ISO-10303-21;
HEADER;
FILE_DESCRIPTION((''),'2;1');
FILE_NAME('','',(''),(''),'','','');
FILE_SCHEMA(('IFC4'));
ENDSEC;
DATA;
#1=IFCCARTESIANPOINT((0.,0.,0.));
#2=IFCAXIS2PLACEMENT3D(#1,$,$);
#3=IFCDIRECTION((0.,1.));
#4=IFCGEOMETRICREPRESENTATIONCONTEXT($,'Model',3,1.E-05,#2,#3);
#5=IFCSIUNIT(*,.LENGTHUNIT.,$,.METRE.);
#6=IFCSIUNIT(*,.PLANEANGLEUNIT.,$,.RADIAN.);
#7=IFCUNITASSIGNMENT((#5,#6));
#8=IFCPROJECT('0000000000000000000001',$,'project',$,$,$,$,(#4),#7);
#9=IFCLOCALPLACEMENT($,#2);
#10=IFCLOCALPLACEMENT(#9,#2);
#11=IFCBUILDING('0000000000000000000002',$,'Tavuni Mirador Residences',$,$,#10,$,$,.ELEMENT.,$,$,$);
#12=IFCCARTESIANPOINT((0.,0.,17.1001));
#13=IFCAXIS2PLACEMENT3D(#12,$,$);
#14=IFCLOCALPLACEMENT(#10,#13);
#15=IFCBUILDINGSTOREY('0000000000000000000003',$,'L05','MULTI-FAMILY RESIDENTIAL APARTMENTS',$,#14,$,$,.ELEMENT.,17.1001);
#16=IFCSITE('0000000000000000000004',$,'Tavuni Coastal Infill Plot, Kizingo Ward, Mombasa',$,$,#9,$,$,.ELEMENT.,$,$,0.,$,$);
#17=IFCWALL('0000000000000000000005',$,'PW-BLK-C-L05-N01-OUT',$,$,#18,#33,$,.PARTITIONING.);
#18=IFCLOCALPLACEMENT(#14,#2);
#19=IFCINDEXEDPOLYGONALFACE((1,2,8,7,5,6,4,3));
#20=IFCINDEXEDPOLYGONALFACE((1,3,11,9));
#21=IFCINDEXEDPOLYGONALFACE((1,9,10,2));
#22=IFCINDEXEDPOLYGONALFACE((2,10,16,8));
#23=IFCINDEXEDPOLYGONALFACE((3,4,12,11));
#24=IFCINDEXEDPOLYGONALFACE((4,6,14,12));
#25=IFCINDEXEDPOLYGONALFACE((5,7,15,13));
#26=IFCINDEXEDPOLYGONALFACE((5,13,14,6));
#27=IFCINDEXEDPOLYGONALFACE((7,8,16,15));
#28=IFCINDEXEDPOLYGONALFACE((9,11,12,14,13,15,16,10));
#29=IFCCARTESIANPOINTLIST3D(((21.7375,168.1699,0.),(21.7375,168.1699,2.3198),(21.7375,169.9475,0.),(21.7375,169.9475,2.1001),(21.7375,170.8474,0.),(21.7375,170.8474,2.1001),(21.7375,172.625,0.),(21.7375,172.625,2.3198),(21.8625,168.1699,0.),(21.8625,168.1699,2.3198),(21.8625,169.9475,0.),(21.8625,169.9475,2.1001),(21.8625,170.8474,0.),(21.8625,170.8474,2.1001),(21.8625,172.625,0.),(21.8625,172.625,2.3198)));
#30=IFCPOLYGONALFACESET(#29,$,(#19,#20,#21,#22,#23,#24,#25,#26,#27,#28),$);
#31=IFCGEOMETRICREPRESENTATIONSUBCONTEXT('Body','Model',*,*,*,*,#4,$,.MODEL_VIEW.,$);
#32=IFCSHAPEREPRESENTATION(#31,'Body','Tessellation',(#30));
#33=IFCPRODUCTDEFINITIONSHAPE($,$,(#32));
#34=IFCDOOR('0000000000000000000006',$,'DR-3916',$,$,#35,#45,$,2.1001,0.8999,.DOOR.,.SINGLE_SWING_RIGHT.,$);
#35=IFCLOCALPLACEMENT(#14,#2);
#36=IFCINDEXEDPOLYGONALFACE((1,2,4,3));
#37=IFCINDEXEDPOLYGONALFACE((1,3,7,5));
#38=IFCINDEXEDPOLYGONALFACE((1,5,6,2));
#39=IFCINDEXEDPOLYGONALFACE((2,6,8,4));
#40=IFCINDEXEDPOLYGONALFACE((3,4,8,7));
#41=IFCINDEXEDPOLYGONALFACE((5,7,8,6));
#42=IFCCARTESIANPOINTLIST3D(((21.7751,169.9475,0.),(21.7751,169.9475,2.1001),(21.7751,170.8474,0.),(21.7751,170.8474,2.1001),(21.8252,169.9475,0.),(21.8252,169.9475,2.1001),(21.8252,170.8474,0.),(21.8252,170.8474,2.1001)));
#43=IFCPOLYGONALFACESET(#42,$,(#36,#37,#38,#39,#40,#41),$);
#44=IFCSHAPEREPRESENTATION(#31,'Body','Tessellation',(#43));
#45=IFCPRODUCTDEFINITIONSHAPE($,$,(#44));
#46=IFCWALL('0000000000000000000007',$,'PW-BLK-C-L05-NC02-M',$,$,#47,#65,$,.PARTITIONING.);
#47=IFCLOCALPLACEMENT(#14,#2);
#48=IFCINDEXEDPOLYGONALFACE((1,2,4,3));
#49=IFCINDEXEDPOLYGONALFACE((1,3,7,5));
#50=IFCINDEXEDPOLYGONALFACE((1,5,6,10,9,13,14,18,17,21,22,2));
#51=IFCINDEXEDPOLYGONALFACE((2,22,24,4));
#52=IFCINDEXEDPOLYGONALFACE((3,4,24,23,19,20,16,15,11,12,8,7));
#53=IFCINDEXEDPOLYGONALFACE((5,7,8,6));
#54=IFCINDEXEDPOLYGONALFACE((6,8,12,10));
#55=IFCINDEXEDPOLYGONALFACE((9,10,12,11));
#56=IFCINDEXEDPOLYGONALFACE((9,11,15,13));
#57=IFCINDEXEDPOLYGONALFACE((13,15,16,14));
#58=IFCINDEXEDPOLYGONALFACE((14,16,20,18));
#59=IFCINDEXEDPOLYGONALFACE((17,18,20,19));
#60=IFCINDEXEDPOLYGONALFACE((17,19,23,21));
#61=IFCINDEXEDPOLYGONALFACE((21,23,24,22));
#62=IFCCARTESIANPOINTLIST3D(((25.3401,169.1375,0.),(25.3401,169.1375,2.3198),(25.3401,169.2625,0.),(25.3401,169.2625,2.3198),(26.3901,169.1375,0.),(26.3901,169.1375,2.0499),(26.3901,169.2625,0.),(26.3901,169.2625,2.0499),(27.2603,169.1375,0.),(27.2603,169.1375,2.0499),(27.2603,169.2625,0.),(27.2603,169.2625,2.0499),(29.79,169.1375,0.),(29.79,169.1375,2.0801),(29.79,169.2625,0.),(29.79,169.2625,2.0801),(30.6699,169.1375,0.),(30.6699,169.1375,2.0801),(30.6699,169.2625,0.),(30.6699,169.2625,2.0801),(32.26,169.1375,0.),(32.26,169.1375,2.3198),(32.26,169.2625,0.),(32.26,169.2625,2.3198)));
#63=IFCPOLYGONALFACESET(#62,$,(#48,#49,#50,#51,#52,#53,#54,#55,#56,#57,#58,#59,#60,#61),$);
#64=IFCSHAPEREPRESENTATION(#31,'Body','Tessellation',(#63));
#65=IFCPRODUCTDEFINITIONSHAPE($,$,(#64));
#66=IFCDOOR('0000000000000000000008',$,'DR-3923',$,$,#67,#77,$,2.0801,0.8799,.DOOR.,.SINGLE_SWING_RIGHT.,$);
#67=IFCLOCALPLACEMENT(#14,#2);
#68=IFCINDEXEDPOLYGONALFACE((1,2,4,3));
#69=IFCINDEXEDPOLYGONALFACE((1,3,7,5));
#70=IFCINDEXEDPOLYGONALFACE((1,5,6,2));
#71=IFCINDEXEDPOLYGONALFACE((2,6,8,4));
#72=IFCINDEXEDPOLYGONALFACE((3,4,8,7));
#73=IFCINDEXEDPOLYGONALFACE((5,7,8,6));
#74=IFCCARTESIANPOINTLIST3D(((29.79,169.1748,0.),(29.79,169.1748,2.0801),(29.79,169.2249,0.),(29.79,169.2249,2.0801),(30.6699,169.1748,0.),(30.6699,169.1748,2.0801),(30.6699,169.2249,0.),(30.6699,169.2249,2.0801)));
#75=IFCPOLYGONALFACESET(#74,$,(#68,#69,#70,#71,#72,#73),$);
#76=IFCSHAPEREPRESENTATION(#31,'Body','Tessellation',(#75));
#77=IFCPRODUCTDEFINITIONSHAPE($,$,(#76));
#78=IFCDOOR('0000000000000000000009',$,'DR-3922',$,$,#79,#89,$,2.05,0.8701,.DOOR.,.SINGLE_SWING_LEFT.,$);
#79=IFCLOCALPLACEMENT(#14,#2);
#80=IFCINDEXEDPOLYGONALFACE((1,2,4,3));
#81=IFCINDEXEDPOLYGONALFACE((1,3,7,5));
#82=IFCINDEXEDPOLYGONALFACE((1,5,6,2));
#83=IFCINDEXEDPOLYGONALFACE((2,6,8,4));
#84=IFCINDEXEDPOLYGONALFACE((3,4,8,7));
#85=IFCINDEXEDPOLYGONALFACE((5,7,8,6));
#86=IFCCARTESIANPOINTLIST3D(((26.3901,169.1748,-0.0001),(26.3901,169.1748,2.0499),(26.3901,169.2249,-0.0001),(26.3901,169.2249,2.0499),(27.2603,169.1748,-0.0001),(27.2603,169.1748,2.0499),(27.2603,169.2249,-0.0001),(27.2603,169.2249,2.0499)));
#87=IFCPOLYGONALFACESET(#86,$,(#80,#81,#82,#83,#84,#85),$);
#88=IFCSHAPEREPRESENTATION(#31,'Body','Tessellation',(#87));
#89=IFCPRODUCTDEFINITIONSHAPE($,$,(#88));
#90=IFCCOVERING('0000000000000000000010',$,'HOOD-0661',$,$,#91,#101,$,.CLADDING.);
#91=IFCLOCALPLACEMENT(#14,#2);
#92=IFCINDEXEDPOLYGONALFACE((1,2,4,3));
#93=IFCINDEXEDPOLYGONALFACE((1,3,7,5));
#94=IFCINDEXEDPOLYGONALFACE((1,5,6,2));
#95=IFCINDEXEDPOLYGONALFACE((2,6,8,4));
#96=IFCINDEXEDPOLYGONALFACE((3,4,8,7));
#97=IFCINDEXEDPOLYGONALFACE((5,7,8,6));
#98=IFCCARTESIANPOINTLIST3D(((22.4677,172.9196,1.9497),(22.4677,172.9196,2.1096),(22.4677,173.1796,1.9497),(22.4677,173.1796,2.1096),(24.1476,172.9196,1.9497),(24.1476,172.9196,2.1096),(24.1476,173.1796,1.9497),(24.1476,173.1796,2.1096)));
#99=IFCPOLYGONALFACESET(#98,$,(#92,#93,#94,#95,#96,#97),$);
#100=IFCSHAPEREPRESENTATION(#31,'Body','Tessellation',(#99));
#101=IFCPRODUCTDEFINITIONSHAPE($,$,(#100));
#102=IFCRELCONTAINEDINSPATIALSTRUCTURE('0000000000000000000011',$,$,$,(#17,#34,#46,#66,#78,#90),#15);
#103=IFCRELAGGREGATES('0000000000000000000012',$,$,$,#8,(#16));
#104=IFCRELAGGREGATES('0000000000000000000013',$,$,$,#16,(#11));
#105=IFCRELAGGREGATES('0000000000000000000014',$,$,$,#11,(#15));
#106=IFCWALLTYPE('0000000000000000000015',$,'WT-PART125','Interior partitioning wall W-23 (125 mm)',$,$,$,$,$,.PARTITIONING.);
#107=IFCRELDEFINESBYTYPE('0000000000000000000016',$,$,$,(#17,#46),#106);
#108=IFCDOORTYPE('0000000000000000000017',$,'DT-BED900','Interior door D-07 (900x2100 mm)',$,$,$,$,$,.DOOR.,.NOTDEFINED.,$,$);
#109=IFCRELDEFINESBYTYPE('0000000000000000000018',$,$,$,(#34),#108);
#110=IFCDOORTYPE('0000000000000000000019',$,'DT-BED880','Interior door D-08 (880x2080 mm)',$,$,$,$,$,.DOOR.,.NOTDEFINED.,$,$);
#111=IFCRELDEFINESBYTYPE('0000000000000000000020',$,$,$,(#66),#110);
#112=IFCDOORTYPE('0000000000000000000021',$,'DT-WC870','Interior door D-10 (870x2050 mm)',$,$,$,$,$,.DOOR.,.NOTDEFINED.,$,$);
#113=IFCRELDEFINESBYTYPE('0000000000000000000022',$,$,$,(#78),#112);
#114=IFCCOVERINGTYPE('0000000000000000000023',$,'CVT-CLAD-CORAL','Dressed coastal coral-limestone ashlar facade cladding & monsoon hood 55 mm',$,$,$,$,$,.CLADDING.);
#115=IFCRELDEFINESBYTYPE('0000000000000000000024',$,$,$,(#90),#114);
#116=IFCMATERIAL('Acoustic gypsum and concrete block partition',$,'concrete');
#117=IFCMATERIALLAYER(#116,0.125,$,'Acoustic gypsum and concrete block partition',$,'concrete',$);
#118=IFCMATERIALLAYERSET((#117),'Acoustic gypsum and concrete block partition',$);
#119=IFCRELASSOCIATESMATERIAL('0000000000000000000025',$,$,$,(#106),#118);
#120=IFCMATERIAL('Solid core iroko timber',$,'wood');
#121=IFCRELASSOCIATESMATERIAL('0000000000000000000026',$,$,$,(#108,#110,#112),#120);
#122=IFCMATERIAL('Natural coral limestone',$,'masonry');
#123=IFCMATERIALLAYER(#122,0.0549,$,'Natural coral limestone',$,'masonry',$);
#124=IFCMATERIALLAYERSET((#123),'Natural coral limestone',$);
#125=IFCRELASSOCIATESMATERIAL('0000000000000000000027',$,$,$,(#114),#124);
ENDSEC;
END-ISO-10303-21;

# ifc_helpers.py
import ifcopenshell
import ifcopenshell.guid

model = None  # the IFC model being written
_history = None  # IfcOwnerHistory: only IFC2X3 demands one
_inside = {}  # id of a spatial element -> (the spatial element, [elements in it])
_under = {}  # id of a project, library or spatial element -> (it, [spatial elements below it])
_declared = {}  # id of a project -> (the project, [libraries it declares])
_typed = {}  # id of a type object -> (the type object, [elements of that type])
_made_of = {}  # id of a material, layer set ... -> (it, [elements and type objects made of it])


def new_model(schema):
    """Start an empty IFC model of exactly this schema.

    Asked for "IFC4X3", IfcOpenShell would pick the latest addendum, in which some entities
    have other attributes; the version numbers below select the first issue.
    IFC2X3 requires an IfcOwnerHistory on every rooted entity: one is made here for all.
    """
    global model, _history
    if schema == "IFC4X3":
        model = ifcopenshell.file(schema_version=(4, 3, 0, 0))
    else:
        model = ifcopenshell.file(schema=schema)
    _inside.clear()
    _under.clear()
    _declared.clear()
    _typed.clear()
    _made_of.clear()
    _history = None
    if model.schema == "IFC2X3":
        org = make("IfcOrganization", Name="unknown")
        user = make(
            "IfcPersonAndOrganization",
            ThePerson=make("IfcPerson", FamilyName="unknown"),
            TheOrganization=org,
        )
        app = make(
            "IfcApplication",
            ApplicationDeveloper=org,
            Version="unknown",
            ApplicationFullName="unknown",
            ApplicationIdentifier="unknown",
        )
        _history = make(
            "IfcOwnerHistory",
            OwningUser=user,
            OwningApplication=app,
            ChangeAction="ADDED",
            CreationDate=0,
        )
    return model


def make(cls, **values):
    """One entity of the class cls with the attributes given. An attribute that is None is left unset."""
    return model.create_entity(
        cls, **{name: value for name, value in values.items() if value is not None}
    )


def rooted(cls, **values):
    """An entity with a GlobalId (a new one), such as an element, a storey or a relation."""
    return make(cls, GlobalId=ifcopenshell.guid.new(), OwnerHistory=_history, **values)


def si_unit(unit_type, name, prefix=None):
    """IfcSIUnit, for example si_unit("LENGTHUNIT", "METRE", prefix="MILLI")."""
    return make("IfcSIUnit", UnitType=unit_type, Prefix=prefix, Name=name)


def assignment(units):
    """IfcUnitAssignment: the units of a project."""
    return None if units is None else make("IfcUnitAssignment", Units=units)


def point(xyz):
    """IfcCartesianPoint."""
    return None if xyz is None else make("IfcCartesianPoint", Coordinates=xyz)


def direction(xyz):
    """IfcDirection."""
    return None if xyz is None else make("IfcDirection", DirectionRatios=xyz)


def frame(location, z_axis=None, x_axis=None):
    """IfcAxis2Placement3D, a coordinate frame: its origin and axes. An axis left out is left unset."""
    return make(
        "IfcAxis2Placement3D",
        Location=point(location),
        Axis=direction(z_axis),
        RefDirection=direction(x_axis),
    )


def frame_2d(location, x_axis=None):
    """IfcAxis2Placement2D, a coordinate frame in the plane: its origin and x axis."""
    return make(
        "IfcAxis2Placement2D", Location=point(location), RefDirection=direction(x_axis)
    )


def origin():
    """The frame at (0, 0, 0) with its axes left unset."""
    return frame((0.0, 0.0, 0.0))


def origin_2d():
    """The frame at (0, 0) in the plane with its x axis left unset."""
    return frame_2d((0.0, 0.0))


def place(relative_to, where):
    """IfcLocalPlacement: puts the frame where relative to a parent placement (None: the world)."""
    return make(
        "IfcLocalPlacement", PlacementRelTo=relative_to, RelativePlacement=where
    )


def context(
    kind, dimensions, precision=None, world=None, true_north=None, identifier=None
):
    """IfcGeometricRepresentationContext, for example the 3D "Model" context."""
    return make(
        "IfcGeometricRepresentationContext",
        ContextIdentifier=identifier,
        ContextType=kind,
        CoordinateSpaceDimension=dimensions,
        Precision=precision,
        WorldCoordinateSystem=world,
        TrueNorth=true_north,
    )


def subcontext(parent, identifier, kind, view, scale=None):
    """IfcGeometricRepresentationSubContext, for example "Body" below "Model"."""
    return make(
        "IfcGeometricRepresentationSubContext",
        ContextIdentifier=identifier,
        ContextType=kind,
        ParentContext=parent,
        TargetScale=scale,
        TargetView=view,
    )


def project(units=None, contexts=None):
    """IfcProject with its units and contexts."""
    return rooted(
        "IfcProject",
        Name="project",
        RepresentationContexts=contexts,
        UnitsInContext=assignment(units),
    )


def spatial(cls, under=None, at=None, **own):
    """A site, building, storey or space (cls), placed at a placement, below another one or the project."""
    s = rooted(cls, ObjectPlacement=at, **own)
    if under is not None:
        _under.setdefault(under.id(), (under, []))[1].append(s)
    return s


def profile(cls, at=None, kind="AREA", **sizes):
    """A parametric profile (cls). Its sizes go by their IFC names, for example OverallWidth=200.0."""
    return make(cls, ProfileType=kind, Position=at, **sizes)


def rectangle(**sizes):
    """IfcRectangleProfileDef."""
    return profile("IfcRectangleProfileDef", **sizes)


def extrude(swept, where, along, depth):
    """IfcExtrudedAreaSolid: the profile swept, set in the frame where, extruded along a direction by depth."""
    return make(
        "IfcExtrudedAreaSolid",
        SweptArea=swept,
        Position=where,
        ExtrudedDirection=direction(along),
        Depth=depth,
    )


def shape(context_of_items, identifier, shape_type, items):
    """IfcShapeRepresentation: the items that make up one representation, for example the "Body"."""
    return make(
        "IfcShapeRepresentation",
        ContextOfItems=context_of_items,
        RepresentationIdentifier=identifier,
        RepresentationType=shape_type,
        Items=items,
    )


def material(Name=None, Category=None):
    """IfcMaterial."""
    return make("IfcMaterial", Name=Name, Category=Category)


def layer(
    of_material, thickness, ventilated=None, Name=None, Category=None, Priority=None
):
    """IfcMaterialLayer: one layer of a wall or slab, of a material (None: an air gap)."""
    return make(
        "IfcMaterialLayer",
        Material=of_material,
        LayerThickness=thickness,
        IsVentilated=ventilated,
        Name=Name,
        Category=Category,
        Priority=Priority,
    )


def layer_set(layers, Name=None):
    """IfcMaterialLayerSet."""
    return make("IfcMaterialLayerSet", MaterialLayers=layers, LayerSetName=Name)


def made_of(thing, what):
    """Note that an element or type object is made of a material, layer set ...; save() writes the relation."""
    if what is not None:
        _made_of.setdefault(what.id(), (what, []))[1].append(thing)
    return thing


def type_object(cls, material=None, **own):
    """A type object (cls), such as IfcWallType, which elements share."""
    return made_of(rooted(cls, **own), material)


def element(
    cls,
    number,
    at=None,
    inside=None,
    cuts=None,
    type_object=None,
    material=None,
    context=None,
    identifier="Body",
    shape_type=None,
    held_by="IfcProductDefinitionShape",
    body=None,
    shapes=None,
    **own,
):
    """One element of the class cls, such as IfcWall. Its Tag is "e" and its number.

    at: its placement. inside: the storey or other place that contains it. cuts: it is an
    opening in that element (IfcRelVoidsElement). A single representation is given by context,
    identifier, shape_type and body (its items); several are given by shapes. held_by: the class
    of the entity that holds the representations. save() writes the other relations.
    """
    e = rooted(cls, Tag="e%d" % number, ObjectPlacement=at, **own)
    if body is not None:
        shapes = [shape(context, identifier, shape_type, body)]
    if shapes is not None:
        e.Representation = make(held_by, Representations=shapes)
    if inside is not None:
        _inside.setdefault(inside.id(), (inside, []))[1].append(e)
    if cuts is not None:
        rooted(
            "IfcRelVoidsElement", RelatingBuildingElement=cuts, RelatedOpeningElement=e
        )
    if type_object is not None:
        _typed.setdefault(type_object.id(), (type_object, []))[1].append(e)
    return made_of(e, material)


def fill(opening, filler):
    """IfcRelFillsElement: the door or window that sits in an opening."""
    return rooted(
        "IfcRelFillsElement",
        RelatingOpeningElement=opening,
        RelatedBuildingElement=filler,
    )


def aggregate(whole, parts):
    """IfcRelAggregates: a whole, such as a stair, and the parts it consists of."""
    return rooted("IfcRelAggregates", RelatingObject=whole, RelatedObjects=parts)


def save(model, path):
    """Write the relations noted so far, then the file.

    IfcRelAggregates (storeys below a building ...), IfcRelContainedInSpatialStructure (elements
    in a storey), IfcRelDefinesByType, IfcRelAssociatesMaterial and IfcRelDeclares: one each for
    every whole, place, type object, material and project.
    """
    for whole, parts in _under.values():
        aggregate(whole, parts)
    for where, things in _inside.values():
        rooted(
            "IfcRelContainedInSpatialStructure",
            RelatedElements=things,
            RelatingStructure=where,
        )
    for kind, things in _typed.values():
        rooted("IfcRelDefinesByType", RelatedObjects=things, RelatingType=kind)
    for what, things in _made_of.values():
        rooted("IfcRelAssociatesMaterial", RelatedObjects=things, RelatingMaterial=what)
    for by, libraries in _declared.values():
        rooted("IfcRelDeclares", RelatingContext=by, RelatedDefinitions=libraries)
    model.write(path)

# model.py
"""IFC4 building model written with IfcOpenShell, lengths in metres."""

from ifc_helpers import new_model, si_unit, direction, frame, frame_2d, origin, origin_2d, place, context, subcontext, project, spatial, rectangle, extrude, material, layer, layer_set, type_object, element, fill, save


model = new_model("IFC4")

# Units and contexts
model_context = context("Model", 3, precision=1e-05, world=origin(), true_north=direction((0.0, 1.0)))
body_context = subcontext(model_context, "Body", "Model", "MODEL_VIEW")
ifc_project = project(units=[si_unit("LENGTHUNIT", "METRE"), si_unit("PLANEANGLEUNIT", "RADIAN")], contexts=[model_context])

# Site, building, storey
site_placement = place(None, origin())
site = spatial("IfcSite", under=ifc_project, at=site_placement, Name="Tavuni Coastal Infill Plot, Kizingo Ward, Mombasa", CompositionType="ELEMENT", RefElevation=0.0)
building_placement = place(site_placement, origin())
building = spatial("IfcBuilding", under=site, at=building_placement, Name="Tavuni Mirador Residences", CompositionType="ELEMENT")
storey_placement = place(building_placement, frame((0.0, 0.0, 17.1001)))
storey = spatial("IfcBuildingStorey", under=building, at=storey_placement, Name="L05", Description="MULTI-FAMILY RESIDENTIAL APARTMENTS", CompositionType="ELEMENT", Elevation=17.1001)

# Wall, opening, door
ifc_material_1 = material(Name="Acoustic gypsum and concrete block partition", Category="concrete")
ifc_layer_1 = layer(ifc_material_1, 0.125, Name="Acoustic gypsum and concrete block partition", Category="concrete")
ifc_layer_set_1 = layer_set([ifc_layer_1], Name="Acoustic gypsum and concrete block partition")
wall_type_1 = type_object("IfcWallType", Name="WT-PART125", Description="Interior partitioning wall W-23 (125 mm)", PredefinedType="PARTITIONING", material=ifc_layer_set_1)
wall_1_placement = place(storey_placement, frame((21.8, 168.1699, 0.0), z_axis=(0.0, 0.0, 1.0), x_axis=(0.0, 1.0, 0.0)))
wall_1 = element("IfcWall", 1, at=wall_1_placement, inside=storey, type_object=wall_type_1, Name="PW-BLK-C-L05-N01-OUT", PredefinedType="PARTITIONING", context=body_context, shape_type="SweptSolid", body=[
    extrude(rectangle(XDim=4.4551, YDim=0.125, at=frame_2d((2.2275, 0.0))), origin(), (0.0, 0.0, 1.0), 2.3198),
])
opening_1_placement = place(wall_1_placement, frame((1.7776, 0.0, 0.0)))
opening_1 = element("IfcOpeningElement", 2, at=opening_1_placement, cuts=wall_1, PredefinedType="OPENING", context=body_context, shape_type="SweptSolid", body=[
    extrude(rectangle(XDim=0.8999, YDim=2.1001, at=frame_2d((0.45, 1.05))), frame((0.0, 0.0725, 0.0), z_axis=(0.0, -1.0, 0.0), x_axis=(1.0, 0.0, 0.0)), (0.0, 0.0, 1.0), 0.145),
])
ifc_material_2 = material(Name="Solid core iroko timber", Category="wood")
door_type_1 = type_object("IfcDoorType", Name="DT-BED900", Description="Interior door D-07 (900x2100 mm)", OperationType="NOTDEFINED", PredefinedType="DOOR", material=ifc_material_2)
door_1_placement = place(opening_1_placement, origin())
door_1 = element("IfcDoor", 3, at=door_1_placement, inside=storey, type_object=door_type_1, Name="DR-3916", OperationType="SINGLE_SWING_RIGHT", OverallHeight=2.1001, OverallWidth=0.8999, PredefinedType="DOOR", context=body_context, shape_type="SweptSolid", body=[
    extrude(rectangle(XDim=0.8999, YDim=2.1001, at=frame_2d((0.45, 1.05))), frame((0.0, 0.0249, 0.0), z_axis=(0.0, -1.0, 0.0), x_axis=(1.0, 0.0, 0.0)), (0.0, 0.0, 1.0), 0.05),
])
fill(opening_1, door_1)

# Wall, openings, doors
wall_2_placement = place(storey_placement, frame((25.3401, 169.2, 0.0), z_axis=(0.0, 0.0, 1.0), x_axis=(1.0, 0.0, 0.0)))
wall_2 = element("IfcWall", 4, at=wall_2_placement, inside=storey, type_object=wall_type_1, Name="PW-BLK-C-L05-NC02-M", PredefinedType="PARTITIONING", context=body_context, shape_type="SweptSolid", body=[
    extrude(rectangle(XDim=6.9199, YDim=0.125, at=frame_2d((3.46, 0.0))), origin(), (0.0, 0.0, 1.0), 2.3198),
])
opening_2_placement = place(wall_2_placement, frame((1.05, 0.0, 0.0)))
opening_2 = element("IfcOpeningElement", 5, at=opening_2_placement, cuts=wall_2, PredefinedType="OPENING", context=body_context, shape_type="SweptSolid", body=[
    extrude(rectangle(XDim=0.8701, YDim=2.05, at=frame_2d((0.4351, 1.0249))), frame((0.0, 0.0725, 0.0), z_axis=(0.0, -1.0, 0.0), x_axis=(1.0, 0.0, 0.0)), (0.0, 0.0, 1.0), 0.145),
])
opening_3_placement = place(wall_2_placement, frame((4.45, 0.0, 0.0)))
opening_3 = element("IfcOpeningElement", 6, at=opening_3_placement, cuts=wall_2, PredefinedType="OPENING", context=body_context, shape_type="SweptSolid", body=[
    extrude(rectangle(XDim=0.8799, YDim=2.0801, at=frame_2d((0.4399, 1.04))), frame((0.0, 0.0725, 0.0), z_axis=(0.0, -1.0, 0.0), x_axis=(1.0, 0.0, 0.0)), (0.0, 0.0, 1.0), 0.145),
])
door_type_2 = type_object("IfcDoorType", Name="DT-BED880", Description="Interior door D-08 (880x2080 mm)", OperationType="NOTDEFINED", PredefinedType="DOOR", material=ifc_material_2)
door_2_placement = place(opening_3_placement, origin())
door_2 = element("IfcDoor", 7, at=door_2_placement, inside=storey, type_object=door_type_2, Name="DR-3923", OperationType="SINGLE_SWING_RIGHT", OverallHeight=2.0801, OverallWidth=0.8799, PredefinedType="DOOR", context=body_context, shape_type="SweptSolid", body=[
    extrude(rectangle(XDim=0.8799, YDim=2.0801, at=frame_2d((0.4399, 1.04))), frame((0.0, 0.0249, 0.0), z_axis=(0.0, -1.0, 0.0), x_axis=(1.0, 0.0, 0.0)), (0.0, 0.0, 1.0), 0.05),
])
fill(opening_3, door_2)
door_type_3 = type_object("IfcDoorType", Name="DT-WC870", Description="Interior door D-10 (870x2050 mm)", OperationType="NOTDEFINED", PredefinedType="DOOR", material=ifc_material_2)
door_3_placement = place(opening_2_placement, origin())
door_3 = element("IfcDoor", 8, at=door_3_placement, inside=storey, type_object=door_type_3, Name="DR-3922", OperationType="SINGLE_SWING_LEFT", OverallHeight=2.05, OverallWidth=0.8701, PredefinedType="DOOR", context=body_context, shape_type="SweptSolid", body=[
    extrude(rectangle(XDim=0.8701, YDim=2.05, at=frame_2d((0.4351, 1.0249))), frame((0.0, 0.0249, 0.0), z_axis=(0.0, -1.0, 0.0), x_axis=(1.0, 0.0, 0.0)), (0.0, 0.0, 1.0), 0.05),
])
fill(opening_2, door_3)

# Covering
ifc_material_3 = material(Name="Natural coral limestone", Category="masonry")
ifc_layer_2 = layer(ifc_material_3, 0.0549, Name="Natural coral limestone", Category="masonry")
ifc_layer_set_2 = layer_set([ifc_layer_2], Name="Natural coral limestone")
covering_type = type_object("IfcCoveringType", Name="CVT-CLAD-CORAL", Description="Dressed coastal coral-limestone ashlar facade cladding & monsoon hood 55 mm", PredefinedType="CLADDING", material=ifc_layer_set_2)
covering_placement = place(storey_placement, frame((23.3076, 173.0496, 1.9497), z_axis=(0.0, 0.0, 1.0), x_axis=(-1.0, 0.0, 0.0)))
element("IfcCovering", 9, at=covering_placement, inside=storey, type_object=covering_type, Name="HOOD-0661", PredefinedType="CLADDING", context=body_context, shape_type="SweptSolid", body=[
    extrude(rectangle(XDim=1.6799, YDim=0.26, at=origin_2d()), origin(), (0.0, 0.0, 1.0), 0.1599),
])

save(model, "model.ifc")
